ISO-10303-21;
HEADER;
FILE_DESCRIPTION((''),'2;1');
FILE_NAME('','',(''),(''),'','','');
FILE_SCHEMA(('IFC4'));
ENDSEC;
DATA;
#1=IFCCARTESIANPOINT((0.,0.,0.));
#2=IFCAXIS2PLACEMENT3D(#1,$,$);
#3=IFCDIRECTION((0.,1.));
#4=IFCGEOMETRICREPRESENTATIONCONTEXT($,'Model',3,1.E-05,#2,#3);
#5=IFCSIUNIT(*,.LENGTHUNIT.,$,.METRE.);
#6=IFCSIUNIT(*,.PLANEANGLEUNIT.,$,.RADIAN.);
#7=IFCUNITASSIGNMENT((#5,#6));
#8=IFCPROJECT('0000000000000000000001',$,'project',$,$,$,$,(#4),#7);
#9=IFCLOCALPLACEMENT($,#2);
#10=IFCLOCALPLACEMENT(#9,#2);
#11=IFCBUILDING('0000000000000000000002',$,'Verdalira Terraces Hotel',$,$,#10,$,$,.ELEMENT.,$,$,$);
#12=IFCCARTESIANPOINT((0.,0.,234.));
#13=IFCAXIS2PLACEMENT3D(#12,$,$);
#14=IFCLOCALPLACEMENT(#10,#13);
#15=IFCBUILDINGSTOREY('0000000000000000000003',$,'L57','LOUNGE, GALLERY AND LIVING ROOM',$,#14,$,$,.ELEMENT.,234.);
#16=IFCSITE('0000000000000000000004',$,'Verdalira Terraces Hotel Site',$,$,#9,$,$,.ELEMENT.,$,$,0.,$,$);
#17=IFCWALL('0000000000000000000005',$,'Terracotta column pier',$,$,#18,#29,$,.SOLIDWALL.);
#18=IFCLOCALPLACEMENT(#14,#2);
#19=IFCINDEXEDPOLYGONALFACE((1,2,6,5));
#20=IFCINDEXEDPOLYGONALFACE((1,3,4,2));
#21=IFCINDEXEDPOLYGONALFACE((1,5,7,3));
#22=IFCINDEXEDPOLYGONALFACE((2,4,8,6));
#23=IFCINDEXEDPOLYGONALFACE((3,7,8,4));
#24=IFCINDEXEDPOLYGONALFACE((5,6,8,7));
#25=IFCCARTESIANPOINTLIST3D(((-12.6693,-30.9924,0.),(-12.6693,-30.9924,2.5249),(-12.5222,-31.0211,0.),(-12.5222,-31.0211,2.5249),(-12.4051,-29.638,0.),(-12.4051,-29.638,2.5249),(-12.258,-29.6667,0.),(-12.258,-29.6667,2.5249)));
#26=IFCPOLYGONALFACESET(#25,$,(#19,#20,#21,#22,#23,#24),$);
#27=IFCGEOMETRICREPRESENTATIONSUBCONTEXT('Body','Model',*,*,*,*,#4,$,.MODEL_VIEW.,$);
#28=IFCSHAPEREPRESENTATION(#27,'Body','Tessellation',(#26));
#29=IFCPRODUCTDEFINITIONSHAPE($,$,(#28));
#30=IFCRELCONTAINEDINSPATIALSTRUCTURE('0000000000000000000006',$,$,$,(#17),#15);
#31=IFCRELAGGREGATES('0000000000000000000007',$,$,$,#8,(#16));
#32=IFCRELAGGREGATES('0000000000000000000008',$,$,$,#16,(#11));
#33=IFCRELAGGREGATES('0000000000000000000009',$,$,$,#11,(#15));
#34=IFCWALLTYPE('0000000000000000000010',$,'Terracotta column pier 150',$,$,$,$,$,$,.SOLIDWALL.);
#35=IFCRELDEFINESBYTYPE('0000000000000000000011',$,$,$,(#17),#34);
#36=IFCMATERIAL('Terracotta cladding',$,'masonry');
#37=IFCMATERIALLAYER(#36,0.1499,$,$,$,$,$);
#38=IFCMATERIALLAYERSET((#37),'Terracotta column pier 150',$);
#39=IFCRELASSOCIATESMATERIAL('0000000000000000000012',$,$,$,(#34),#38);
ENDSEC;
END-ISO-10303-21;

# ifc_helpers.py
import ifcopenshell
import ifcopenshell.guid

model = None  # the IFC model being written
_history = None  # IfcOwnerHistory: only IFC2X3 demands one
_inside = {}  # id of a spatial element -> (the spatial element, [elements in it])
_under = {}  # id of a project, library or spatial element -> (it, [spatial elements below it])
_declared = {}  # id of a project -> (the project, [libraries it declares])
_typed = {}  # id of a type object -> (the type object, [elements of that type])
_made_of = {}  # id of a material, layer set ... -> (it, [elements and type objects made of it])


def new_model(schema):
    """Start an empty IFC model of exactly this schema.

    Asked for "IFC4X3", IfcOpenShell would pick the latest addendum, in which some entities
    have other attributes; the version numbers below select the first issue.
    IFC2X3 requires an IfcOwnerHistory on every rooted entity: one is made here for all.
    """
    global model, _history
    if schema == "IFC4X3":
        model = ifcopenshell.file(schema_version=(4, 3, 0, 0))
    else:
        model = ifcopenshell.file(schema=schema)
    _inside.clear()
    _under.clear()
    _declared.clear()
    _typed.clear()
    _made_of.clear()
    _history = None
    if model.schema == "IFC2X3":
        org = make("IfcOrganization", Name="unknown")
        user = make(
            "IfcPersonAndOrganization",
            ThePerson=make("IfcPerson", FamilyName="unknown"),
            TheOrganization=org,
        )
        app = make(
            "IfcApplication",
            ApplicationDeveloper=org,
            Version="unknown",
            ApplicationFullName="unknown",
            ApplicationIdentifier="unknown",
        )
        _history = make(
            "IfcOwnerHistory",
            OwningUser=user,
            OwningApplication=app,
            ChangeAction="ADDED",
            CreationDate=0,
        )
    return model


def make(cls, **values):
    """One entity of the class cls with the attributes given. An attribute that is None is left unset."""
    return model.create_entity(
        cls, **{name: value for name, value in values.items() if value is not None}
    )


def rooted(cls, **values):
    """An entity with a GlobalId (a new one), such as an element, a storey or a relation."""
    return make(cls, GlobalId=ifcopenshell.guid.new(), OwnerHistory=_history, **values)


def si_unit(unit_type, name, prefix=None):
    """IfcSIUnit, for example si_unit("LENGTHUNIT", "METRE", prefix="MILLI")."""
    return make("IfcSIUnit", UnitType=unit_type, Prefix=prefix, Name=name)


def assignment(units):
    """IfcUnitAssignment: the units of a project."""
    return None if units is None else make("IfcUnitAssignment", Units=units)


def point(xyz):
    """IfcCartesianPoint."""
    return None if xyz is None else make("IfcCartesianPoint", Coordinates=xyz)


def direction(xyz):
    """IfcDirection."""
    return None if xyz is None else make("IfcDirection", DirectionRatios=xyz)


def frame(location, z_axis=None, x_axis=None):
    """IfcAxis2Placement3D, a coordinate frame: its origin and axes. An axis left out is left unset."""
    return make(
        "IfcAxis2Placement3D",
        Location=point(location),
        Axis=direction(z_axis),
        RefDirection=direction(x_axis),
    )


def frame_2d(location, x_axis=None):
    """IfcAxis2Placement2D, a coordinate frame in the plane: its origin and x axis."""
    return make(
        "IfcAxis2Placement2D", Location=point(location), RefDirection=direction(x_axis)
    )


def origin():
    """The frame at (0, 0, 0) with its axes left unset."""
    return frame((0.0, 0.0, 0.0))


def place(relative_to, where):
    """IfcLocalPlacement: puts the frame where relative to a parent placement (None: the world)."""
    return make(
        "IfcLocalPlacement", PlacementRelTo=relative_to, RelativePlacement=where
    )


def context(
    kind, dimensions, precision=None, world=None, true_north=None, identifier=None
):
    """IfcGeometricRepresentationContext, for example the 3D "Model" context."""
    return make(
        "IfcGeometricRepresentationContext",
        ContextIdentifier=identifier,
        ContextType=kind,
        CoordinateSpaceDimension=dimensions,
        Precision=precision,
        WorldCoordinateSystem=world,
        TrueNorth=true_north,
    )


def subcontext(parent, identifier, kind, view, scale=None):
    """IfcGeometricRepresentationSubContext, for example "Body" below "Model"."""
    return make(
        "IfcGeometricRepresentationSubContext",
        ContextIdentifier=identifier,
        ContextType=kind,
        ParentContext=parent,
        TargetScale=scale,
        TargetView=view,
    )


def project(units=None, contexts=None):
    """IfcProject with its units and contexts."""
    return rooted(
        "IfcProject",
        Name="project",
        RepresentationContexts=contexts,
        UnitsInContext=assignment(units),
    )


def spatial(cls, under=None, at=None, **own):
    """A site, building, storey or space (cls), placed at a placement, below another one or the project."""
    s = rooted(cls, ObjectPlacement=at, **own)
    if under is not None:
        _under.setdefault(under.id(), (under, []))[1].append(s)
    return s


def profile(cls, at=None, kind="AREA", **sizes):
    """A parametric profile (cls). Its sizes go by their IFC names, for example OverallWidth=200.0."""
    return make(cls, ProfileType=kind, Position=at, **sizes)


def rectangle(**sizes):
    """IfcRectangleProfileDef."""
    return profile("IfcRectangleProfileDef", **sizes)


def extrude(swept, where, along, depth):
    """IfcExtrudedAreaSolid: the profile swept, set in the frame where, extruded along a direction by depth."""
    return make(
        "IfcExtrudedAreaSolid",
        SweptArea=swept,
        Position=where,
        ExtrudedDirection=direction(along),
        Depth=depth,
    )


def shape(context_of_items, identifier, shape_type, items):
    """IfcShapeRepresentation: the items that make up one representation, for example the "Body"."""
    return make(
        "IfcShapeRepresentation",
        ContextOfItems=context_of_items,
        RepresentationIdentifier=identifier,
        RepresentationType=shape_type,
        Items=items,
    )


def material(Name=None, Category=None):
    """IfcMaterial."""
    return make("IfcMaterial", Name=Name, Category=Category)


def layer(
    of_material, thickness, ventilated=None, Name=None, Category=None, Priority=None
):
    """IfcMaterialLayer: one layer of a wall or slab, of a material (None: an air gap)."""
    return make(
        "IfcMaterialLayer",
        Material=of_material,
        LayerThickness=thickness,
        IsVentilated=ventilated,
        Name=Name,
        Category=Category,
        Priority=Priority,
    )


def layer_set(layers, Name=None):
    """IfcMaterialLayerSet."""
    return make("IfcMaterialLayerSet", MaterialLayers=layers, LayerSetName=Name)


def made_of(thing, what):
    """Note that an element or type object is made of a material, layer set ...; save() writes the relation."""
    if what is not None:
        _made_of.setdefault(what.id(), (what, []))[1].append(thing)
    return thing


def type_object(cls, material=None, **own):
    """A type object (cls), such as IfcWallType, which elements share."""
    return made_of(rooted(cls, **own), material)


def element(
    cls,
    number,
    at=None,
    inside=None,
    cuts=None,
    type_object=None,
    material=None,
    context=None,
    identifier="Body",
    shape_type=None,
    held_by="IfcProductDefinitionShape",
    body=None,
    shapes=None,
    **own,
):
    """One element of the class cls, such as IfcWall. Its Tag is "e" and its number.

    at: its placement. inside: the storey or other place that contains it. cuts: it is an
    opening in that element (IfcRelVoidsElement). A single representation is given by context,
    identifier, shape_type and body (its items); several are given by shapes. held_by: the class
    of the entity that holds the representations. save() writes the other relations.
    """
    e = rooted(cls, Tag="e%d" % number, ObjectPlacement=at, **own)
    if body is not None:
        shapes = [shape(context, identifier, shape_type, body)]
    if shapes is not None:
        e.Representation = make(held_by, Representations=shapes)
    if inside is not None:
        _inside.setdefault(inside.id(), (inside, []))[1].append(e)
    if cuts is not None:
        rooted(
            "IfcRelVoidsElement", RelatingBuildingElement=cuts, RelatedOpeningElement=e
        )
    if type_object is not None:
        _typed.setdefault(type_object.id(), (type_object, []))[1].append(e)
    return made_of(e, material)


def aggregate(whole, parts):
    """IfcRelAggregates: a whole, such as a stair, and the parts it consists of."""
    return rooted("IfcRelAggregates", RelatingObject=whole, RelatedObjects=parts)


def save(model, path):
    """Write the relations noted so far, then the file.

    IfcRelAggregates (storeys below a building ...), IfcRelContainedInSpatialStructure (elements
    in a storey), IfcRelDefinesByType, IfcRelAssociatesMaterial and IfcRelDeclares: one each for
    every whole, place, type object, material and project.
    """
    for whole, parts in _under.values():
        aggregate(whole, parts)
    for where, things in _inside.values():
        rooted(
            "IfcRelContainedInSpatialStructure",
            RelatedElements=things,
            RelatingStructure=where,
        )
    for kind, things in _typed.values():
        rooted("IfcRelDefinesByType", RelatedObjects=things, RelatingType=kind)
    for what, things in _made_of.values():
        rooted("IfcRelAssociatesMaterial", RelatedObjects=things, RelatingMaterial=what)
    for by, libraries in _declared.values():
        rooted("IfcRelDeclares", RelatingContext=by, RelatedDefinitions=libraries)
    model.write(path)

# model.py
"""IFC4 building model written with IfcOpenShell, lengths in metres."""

from ifc_helpers import new_model, si_unit, direction, frame, frame_2d, origin, place, context, subcontext, project, spatial, rectangle, extrude, material, layer, layer_set, type_object, element, save


model = new_model("IFC4")

# Units and contexts
model_context = context("Model", 3, precision=1e-05, world=origin(), true_north=direction((0.0, 1.0)))
body_context = subcontext(model_context, "Body", "Model", "MODEL_VIEW")
ifc_project = project(units=[si_unit("LENGTHUNIT", "METRE"), si_unit("PLANEANGLEUNIT", "RADIAN")], contexts=[model_context])

# Site, building, storey
site_placement = place(None, origin())
site = spatial("IfcSite", under=ifc_project, at=site_placement, Name="Verdalira Terraces Hotel Site", CompositionType="ELEMENT", RefElevation=0.0)
building_placement = place(site_placement, origin())
building = spatial("IfcBuilding", under=site, at=building_placement, Name="Verdalira Terraces Hotel", CompositionType="ELEMENT")
storey_placement = place(building_placement, frame((0.0, 0.0, 234.0)))
storey = spatial("IfcBuildingStorey", under=building, at=storey_placement, Name="L57", Description="LOUNGE, GALLERY AND LIVING ROOM", CompositionType="ELEMENT", Elevation=234.0)

# Wall
ifc_material_1 = material(Name="Terracotta cladding", Category="masonry")
ifc_layer_1 = layer(ifc_material_1, 0.1499)
ifc_layer_set_1 = layer_set([ifc_layer_1], Name="Terracotta column pier 150")
wall_type_1 = type_object("IfcWallType", Name="Terracotta column pier 150", PredefinedType="SOLIDWALL", material=ifc_layer_set_1)
wall_1_placement = place(storey_placement, frame((-12.3315, -29.6523, 0.0), z_axis=(0.0, 0.0, 1.0), x_axis=(-0.191452, -0.981502, 0.0)))
element("IfcWall", 1, at=wall_1_placement, inside=storey, type_object=wall_type_1, Name="Terracotta column pier", PredefinedType="SOLIDWALL", context=body_context, shape_type="SweptSolid", body=[
    extrude(rectangle(XDim=1.3799, YDim=0.1499, at=frame_2d((0.6899, 0.0))), origin(), (0.0, 0.0, 1.0), 2.5249),
])

save(model, "model.ifc")
